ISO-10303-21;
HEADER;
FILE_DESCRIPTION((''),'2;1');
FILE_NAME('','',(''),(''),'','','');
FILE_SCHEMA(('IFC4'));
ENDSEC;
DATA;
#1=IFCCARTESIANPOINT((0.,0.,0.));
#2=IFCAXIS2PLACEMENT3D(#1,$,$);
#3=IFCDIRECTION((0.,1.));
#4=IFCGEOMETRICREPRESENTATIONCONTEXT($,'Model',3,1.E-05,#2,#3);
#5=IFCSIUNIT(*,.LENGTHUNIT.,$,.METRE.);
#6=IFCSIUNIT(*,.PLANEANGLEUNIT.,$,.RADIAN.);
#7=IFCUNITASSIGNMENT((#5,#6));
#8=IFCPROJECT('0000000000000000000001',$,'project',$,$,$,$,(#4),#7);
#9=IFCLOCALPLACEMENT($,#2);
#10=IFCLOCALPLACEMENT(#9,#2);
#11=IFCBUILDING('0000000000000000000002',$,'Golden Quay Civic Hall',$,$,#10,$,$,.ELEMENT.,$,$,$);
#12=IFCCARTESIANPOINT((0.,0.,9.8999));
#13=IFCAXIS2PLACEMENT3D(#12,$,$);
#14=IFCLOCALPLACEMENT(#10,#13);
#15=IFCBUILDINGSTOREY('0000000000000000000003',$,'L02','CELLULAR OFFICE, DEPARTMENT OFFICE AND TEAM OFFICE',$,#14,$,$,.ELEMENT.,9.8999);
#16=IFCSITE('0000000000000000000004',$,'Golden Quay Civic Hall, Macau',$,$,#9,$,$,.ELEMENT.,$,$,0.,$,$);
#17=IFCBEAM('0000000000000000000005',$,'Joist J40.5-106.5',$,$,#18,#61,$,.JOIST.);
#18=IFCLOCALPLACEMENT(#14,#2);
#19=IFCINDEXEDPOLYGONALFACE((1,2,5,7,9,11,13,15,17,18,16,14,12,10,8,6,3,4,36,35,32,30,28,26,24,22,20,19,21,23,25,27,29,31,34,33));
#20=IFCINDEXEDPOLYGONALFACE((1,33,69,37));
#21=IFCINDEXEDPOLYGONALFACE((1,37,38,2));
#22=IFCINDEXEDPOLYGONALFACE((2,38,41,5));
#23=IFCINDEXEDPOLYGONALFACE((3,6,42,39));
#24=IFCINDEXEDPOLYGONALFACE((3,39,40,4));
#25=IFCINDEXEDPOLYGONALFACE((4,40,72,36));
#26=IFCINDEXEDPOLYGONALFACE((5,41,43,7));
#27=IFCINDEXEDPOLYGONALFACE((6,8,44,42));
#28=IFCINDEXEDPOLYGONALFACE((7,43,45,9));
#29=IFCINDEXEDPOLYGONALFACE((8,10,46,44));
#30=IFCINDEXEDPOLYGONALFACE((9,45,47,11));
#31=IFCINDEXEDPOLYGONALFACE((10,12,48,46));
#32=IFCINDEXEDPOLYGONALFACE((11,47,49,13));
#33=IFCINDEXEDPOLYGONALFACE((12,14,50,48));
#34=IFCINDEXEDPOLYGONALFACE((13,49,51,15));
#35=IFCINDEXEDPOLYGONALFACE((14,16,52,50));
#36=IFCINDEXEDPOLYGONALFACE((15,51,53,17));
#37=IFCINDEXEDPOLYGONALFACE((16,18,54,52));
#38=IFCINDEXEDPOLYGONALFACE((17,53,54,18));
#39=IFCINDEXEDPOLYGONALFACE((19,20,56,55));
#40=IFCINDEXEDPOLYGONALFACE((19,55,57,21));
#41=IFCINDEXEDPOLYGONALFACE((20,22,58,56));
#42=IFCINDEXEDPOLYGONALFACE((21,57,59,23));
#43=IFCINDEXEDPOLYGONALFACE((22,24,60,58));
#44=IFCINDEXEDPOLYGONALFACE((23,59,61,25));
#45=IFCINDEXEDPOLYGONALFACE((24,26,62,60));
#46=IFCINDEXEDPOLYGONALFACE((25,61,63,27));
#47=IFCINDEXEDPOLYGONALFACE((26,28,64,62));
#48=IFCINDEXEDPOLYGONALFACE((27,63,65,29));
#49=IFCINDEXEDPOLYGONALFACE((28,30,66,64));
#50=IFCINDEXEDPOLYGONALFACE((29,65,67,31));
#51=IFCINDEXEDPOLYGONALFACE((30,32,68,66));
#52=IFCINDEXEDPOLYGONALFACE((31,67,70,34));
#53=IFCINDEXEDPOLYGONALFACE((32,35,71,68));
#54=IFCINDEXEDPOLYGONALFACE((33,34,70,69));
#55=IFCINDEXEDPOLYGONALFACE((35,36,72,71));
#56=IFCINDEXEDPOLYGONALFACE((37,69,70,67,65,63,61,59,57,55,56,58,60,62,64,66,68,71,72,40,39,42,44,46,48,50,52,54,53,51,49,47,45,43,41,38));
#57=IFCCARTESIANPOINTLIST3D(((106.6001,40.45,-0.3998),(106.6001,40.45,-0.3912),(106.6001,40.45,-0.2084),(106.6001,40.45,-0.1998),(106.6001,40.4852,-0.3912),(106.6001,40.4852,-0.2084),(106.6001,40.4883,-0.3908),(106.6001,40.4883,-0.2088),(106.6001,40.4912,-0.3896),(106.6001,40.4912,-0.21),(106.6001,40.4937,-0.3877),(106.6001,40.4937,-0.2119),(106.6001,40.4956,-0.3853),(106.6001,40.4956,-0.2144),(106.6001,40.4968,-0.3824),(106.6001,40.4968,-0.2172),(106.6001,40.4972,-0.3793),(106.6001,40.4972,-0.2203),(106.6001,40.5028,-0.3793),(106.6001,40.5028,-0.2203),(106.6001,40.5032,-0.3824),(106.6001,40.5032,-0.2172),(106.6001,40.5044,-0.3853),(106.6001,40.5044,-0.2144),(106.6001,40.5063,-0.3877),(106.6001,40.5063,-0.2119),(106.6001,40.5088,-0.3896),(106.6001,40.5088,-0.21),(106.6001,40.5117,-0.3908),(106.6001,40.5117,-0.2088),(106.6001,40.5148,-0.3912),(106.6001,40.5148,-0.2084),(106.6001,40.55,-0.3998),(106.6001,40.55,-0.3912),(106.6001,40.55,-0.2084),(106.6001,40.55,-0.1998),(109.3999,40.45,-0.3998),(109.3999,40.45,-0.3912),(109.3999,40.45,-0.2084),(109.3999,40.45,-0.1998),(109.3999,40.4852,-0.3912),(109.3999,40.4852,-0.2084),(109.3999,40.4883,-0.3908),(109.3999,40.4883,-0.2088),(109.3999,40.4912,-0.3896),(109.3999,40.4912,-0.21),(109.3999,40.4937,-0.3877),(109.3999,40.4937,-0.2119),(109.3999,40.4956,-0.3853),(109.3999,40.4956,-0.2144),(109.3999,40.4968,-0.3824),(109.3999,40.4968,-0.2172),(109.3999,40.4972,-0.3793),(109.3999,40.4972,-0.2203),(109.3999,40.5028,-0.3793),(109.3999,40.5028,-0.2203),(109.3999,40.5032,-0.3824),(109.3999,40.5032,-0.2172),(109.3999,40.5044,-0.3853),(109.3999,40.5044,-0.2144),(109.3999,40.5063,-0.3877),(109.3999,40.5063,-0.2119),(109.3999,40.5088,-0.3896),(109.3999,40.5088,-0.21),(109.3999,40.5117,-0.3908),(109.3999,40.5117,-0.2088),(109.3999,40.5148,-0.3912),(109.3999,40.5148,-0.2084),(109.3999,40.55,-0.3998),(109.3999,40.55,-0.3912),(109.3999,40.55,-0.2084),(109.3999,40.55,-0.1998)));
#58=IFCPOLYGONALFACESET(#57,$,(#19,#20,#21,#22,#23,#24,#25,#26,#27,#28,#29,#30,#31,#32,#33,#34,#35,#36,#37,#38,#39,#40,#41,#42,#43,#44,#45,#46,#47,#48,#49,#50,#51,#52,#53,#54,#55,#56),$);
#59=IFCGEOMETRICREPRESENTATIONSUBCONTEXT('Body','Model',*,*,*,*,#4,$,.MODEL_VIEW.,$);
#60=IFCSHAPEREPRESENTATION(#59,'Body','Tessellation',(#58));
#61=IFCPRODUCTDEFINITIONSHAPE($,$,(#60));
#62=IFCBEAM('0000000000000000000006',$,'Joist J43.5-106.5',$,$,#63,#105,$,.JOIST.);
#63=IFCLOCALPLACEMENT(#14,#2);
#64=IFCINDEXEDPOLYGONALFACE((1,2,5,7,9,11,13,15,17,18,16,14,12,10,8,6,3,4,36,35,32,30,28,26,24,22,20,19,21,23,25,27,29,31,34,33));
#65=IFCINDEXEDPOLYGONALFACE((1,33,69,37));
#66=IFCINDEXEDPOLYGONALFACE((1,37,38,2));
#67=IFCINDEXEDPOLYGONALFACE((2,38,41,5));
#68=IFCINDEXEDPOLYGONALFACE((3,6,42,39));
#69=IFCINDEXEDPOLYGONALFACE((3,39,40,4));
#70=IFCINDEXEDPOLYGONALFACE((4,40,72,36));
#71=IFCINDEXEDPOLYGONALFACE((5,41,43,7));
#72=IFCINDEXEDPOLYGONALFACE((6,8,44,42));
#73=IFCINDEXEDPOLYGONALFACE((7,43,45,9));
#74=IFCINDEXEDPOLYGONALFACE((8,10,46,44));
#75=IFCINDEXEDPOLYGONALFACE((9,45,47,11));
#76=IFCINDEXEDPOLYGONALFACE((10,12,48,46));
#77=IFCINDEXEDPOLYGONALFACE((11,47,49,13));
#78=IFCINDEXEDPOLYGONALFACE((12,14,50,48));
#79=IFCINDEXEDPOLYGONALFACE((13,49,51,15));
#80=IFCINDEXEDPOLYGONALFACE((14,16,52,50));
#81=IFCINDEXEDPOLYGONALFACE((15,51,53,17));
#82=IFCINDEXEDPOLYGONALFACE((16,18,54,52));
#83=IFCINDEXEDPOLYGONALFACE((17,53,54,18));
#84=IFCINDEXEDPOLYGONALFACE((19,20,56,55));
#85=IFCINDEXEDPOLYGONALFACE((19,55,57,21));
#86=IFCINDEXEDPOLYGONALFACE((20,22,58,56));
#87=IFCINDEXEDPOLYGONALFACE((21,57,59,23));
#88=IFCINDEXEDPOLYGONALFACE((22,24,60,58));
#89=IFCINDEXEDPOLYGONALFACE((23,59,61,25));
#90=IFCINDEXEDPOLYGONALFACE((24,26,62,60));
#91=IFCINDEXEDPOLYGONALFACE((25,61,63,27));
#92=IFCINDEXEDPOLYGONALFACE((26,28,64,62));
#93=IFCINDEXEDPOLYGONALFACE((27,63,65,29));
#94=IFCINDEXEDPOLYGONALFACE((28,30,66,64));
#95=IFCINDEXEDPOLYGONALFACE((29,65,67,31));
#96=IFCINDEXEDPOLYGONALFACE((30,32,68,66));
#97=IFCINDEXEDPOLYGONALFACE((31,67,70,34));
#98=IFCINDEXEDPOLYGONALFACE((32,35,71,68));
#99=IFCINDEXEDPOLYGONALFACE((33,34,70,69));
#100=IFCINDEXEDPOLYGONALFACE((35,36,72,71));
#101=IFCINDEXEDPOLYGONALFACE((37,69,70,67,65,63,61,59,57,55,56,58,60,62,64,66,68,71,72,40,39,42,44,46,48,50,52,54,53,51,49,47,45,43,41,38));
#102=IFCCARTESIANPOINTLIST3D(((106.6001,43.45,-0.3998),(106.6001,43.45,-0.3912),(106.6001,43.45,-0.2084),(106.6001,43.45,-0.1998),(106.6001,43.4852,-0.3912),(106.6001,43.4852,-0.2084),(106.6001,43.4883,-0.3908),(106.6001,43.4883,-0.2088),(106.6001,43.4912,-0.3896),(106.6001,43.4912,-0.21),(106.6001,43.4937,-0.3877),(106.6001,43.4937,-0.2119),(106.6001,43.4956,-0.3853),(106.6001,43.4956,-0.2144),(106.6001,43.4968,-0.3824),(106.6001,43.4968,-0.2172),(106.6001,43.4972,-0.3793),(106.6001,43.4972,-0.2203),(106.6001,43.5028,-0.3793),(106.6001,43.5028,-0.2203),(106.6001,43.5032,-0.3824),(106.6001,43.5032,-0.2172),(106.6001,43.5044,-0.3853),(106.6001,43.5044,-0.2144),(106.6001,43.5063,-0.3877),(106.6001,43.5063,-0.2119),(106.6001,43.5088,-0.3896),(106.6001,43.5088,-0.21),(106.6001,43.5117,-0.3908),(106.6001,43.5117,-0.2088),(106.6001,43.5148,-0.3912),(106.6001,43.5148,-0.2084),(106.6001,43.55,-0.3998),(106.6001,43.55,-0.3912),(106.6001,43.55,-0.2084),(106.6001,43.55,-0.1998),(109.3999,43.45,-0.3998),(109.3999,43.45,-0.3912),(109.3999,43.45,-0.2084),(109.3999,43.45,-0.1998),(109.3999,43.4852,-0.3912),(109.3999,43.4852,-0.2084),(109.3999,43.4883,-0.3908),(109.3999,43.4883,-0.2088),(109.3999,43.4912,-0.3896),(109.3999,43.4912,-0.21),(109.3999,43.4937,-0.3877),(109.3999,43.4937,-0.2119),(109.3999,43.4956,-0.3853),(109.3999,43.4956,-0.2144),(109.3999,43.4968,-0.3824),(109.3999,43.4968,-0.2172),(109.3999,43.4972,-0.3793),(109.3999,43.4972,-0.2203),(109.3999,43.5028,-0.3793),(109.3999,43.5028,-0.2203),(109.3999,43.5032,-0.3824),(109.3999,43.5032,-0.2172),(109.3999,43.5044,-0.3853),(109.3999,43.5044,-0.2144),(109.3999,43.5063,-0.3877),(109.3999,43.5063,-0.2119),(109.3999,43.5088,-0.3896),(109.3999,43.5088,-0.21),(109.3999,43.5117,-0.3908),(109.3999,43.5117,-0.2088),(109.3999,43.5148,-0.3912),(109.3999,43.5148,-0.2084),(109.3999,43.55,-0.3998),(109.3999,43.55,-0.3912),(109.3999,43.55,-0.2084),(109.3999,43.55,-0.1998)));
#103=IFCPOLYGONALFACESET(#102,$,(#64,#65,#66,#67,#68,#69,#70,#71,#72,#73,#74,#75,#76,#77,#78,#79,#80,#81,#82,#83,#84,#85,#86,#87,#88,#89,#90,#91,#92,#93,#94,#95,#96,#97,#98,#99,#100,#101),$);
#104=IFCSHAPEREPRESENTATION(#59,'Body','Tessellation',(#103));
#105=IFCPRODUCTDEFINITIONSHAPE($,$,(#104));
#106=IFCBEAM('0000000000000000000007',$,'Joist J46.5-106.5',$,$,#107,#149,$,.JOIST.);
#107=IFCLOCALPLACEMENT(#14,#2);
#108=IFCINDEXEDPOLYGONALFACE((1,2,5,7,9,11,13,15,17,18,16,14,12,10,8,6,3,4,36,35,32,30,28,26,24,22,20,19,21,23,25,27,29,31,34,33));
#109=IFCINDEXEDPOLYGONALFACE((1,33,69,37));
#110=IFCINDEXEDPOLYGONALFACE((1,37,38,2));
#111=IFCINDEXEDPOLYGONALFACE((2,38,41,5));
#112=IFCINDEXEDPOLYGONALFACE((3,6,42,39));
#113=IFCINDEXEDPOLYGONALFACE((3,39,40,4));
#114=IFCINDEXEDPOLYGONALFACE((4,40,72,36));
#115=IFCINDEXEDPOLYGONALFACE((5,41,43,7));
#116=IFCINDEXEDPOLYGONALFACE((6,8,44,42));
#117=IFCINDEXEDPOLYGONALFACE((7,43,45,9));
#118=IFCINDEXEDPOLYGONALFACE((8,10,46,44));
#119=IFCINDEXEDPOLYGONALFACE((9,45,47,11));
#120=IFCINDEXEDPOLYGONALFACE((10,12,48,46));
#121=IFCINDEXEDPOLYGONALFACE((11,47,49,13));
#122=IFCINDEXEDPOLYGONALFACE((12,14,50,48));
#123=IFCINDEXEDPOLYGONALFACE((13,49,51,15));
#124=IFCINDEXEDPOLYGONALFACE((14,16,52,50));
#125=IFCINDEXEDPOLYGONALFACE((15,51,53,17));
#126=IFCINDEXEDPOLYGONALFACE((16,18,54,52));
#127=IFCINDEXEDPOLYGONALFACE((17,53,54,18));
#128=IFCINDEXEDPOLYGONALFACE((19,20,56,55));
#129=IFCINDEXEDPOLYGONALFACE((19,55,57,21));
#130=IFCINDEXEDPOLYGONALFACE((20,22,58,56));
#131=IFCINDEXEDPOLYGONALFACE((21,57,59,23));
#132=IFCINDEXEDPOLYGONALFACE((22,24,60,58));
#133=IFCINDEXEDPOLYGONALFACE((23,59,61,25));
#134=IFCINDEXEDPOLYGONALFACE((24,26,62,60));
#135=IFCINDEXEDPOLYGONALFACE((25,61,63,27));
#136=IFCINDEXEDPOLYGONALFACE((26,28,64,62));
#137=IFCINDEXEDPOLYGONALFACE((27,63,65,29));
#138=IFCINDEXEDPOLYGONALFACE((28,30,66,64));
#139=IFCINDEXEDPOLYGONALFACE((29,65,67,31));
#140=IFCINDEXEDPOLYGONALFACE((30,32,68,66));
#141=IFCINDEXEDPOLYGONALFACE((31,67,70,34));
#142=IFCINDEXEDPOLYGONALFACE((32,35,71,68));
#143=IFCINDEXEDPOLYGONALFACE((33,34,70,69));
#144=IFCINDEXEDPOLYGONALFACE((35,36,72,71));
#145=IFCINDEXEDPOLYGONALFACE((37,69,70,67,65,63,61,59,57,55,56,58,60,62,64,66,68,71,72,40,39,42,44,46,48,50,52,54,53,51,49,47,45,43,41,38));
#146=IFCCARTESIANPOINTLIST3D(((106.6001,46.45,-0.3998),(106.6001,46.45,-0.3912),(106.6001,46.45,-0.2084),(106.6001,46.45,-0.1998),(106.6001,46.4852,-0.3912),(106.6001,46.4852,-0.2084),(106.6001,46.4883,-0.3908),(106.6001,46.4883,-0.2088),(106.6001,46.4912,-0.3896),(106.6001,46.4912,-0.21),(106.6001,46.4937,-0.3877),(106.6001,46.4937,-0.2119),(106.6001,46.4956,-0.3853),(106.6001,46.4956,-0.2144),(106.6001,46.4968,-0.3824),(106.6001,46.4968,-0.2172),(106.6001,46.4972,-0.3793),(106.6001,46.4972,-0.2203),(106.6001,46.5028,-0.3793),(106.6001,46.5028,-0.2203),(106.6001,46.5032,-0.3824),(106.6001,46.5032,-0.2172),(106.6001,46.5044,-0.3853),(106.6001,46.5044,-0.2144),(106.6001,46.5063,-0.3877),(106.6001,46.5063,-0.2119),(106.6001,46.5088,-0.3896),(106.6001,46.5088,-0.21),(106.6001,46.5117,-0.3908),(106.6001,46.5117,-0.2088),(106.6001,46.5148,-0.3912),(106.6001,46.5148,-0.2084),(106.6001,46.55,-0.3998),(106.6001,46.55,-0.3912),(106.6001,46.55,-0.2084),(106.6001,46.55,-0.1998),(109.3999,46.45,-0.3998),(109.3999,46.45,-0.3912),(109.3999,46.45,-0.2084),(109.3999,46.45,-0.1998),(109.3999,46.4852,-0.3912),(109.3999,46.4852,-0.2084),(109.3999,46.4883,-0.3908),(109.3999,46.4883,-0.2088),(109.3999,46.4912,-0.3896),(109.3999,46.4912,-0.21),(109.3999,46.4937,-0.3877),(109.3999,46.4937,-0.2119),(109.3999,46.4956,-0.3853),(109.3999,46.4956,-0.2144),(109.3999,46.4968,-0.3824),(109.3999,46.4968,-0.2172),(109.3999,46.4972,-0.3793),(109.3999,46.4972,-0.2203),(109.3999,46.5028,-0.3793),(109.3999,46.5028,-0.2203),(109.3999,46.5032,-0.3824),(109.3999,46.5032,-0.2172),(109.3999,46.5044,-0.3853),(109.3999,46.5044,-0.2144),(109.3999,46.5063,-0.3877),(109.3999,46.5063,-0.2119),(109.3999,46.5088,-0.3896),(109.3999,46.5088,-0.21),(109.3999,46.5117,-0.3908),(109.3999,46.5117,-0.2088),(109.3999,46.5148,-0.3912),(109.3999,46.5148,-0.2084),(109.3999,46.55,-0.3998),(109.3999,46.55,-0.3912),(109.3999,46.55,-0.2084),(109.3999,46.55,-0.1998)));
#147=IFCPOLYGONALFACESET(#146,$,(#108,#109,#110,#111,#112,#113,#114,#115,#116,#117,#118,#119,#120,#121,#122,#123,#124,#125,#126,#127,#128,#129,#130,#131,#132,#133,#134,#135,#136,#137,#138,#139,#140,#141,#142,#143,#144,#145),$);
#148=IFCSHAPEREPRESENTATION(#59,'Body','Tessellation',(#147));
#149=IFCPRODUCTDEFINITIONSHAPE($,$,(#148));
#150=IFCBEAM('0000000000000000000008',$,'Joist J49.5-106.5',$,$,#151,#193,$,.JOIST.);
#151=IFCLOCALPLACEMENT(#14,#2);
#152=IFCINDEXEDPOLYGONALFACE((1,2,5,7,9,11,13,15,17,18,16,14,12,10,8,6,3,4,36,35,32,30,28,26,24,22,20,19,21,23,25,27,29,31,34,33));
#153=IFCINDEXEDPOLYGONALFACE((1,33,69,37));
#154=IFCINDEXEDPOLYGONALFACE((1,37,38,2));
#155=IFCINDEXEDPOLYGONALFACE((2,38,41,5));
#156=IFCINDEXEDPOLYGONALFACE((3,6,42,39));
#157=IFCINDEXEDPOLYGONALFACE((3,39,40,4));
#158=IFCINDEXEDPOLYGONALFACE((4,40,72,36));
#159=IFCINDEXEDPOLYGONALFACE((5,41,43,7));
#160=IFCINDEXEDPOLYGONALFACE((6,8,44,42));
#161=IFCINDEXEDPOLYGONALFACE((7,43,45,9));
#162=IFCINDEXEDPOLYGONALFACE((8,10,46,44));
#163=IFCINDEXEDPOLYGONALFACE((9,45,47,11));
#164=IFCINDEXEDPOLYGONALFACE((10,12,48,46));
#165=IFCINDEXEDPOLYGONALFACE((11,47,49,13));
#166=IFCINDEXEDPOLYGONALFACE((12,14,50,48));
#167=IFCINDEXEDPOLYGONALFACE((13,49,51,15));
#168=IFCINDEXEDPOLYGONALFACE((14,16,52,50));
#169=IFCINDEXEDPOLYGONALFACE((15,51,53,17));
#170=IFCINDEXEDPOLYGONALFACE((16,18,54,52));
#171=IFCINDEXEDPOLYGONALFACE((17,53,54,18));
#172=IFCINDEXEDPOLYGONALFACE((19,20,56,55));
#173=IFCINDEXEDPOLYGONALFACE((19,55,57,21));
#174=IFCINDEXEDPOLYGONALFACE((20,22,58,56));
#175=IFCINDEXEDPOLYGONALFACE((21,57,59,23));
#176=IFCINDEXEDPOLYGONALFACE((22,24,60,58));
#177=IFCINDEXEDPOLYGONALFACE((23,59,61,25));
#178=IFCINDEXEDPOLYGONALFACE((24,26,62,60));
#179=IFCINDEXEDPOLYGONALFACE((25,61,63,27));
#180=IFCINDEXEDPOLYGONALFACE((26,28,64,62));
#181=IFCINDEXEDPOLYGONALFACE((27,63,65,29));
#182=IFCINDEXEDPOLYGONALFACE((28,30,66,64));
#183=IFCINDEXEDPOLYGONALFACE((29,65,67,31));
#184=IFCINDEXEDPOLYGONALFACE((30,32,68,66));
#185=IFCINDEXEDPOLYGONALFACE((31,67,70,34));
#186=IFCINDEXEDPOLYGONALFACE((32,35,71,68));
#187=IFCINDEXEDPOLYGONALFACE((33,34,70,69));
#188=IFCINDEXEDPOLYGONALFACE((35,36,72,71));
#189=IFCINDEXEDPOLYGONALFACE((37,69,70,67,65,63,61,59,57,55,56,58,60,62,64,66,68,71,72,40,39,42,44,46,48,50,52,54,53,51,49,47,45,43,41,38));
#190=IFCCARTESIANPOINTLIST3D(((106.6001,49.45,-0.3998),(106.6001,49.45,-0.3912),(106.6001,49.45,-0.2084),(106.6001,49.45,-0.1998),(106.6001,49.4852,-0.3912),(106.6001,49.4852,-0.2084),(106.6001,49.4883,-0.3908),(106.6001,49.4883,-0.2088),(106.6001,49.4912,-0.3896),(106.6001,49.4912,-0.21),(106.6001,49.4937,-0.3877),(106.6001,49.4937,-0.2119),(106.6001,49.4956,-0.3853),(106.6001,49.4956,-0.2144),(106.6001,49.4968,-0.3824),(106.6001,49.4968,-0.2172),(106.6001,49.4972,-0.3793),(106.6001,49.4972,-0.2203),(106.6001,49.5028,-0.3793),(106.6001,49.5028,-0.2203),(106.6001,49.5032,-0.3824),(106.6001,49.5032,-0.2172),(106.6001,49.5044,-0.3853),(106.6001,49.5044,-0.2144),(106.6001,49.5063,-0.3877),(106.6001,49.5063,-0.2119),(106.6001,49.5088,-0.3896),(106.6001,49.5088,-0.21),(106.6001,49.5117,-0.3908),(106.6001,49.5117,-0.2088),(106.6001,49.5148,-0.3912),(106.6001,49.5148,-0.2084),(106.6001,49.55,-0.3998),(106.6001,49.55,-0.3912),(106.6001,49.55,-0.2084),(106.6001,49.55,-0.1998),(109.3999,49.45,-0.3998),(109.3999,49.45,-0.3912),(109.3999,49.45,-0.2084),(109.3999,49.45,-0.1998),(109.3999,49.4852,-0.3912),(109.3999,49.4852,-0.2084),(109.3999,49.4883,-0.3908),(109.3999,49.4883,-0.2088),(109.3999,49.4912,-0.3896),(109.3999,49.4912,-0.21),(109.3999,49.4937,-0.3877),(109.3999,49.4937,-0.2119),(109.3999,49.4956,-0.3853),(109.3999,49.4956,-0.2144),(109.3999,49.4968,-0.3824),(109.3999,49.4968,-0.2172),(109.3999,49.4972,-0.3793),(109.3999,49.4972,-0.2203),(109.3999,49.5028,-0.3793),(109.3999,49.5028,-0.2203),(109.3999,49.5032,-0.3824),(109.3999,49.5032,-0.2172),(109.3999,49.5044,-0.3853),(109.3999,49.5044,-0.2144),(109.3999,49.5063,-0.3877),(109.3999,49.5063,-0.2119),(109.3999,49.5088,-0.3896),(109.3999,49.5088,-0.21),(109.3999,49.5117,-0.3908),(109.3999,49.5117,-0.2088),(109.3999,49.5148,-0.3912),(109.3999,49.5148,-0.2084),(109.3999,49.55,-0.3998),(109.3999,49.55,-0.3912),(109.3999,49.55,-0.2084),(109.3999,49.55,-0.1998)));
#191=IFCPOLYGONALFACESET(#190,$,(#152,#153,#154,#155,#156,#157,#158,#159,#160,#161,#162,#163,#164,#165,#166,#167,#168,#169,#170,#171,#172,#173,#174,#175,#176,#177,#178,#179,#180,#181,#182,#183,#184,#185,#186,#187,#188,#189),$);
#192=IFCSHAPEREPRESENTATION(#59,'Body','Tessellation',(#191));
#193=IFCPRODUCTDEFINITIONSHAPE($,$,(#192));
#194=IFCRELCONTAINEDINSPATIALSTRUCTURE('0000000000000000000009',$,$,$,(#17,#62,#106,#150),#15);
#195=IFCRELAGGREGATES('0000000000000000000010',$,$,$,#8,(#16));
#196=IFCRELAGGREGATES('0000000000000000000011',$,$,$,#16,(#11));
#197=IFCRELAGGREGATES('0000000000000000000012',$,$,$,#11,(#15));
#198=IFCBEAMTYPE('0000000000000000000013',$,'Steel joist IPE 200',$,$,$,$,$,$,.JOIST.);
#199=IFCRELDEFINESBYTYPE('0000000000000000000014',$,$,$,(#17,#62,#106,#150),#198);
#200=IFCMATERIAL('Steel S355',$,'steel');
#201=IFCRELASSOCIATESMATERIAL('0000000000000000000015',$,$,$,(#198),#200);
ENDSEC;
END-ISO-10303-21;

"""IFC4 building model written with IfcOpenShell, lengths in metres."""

from ifc_helpers import new_model, si_unit, direction, frame, origin, origin_2d, place, context, subcontext, project, spatial, i_section, extrude, material, material_profile, profile_set, type_object, element, save


model = new_model("IFC4")

# Units and contexts
model_context = context("Model", 3, precision=1e-05, world=origin(), true_north=direction((0.0, 1.0)))
body_context = subcontext(model_context, "Body", "Model", "MODEL_VIEW")
ifc_project = project(units=[si_unit("LENGTHUNIT", "METRE"), si_unit("PLANEANGLEUNIT", "RADIAN")], contexts=[model_context])

# Site, building, storey
site_placement = place(None, origin())
site = spatial("IfcSite", under=ifc_project, at=site_placement, Name="Golden Quay Civic Hall, Macau", CompositionType="ELEMENT", RefElevation=0.0)
building_placement = place(site_placement, origin())
building = spatial("IfcBuilding", under=site, at=building_placement, Name="Golden Quay Civic Hall", CompositionType="ELEMENT")
storey_placement = place(building_placement, frame((0.0, 0.0, 9.8999)))
storey = spatial("IfcBuildingStorey", under=building, at=storey_placement, Name="L02", Description="CELLULAR OFFICE, DEPARTMENT OFFICE AND TEAM OFFICE", CompositionType="ELEMENT", Elevation=9.8999)

# Beams
ifc_material_1 = material(Name="Steel S355", Category="steel")
ifc_material_profile_1 = material_profile(ifc_material_1, i_section(OverallWidth=0.1001, OverallDepth=0.2, WebThickness=0.0056, FlangeThickness=0.0085, FilletRadius=0.012, at=origin_2d()), Name="IPE 200")
ifc_profile_set_1 = profile_set([ifc_material_profile_1], Name="Steel S355")
beam_type_1 = type_object("IfcBeamType", Name="Steel joist IPE 200", PredefinedType="JOIST", material=ifc_profile_set_1)
for number, where, z_axis, x_axis, name in (
    (1, (106.6001, 40.5, -0.2998), (1.0, 0.0, 0.0), (0.0, 1.0, 0.0), "Joist J40.5-106.5"),
    (2, (106.6001, 43.5, -0.2998), (1.0, 0.0, 0.0), (0.0, 1.0, 0.0), "Joist J43.5-106.5"),
    (3, (106.6001, 46.5, -0.2998), (1.0, 0.0, 0.0), (0.0, 1.0, 0.0), "Joist J46.5-106.5"),
    (4, (106.6001, 49.5, -0.2998), (1.0, 0.0, 0.0), (0.0, 1.0, 0.0), "Joist J49.5-106.5"),
):
    element("IfcBeam", number, at=place(storey_placement, frame(where, z_axis=z_axis, x_axis=x_axis)), inside=storey, type_object=beam_type_1, Name=name, PredefinedType="JOIST", context=body_context, shape_type="SweptSolid", body=[
        extrude(i_section(OverallWidth=0.1001, OverallDepth=0.2, WebThickness=0.0056, FlangeThickness=0.0085, FilletRadius=0.012, at=origin_2d()), origin(), (0.0, 0.0, 1.0), 2.7998),
    ])

save(model, "model.ifc")
